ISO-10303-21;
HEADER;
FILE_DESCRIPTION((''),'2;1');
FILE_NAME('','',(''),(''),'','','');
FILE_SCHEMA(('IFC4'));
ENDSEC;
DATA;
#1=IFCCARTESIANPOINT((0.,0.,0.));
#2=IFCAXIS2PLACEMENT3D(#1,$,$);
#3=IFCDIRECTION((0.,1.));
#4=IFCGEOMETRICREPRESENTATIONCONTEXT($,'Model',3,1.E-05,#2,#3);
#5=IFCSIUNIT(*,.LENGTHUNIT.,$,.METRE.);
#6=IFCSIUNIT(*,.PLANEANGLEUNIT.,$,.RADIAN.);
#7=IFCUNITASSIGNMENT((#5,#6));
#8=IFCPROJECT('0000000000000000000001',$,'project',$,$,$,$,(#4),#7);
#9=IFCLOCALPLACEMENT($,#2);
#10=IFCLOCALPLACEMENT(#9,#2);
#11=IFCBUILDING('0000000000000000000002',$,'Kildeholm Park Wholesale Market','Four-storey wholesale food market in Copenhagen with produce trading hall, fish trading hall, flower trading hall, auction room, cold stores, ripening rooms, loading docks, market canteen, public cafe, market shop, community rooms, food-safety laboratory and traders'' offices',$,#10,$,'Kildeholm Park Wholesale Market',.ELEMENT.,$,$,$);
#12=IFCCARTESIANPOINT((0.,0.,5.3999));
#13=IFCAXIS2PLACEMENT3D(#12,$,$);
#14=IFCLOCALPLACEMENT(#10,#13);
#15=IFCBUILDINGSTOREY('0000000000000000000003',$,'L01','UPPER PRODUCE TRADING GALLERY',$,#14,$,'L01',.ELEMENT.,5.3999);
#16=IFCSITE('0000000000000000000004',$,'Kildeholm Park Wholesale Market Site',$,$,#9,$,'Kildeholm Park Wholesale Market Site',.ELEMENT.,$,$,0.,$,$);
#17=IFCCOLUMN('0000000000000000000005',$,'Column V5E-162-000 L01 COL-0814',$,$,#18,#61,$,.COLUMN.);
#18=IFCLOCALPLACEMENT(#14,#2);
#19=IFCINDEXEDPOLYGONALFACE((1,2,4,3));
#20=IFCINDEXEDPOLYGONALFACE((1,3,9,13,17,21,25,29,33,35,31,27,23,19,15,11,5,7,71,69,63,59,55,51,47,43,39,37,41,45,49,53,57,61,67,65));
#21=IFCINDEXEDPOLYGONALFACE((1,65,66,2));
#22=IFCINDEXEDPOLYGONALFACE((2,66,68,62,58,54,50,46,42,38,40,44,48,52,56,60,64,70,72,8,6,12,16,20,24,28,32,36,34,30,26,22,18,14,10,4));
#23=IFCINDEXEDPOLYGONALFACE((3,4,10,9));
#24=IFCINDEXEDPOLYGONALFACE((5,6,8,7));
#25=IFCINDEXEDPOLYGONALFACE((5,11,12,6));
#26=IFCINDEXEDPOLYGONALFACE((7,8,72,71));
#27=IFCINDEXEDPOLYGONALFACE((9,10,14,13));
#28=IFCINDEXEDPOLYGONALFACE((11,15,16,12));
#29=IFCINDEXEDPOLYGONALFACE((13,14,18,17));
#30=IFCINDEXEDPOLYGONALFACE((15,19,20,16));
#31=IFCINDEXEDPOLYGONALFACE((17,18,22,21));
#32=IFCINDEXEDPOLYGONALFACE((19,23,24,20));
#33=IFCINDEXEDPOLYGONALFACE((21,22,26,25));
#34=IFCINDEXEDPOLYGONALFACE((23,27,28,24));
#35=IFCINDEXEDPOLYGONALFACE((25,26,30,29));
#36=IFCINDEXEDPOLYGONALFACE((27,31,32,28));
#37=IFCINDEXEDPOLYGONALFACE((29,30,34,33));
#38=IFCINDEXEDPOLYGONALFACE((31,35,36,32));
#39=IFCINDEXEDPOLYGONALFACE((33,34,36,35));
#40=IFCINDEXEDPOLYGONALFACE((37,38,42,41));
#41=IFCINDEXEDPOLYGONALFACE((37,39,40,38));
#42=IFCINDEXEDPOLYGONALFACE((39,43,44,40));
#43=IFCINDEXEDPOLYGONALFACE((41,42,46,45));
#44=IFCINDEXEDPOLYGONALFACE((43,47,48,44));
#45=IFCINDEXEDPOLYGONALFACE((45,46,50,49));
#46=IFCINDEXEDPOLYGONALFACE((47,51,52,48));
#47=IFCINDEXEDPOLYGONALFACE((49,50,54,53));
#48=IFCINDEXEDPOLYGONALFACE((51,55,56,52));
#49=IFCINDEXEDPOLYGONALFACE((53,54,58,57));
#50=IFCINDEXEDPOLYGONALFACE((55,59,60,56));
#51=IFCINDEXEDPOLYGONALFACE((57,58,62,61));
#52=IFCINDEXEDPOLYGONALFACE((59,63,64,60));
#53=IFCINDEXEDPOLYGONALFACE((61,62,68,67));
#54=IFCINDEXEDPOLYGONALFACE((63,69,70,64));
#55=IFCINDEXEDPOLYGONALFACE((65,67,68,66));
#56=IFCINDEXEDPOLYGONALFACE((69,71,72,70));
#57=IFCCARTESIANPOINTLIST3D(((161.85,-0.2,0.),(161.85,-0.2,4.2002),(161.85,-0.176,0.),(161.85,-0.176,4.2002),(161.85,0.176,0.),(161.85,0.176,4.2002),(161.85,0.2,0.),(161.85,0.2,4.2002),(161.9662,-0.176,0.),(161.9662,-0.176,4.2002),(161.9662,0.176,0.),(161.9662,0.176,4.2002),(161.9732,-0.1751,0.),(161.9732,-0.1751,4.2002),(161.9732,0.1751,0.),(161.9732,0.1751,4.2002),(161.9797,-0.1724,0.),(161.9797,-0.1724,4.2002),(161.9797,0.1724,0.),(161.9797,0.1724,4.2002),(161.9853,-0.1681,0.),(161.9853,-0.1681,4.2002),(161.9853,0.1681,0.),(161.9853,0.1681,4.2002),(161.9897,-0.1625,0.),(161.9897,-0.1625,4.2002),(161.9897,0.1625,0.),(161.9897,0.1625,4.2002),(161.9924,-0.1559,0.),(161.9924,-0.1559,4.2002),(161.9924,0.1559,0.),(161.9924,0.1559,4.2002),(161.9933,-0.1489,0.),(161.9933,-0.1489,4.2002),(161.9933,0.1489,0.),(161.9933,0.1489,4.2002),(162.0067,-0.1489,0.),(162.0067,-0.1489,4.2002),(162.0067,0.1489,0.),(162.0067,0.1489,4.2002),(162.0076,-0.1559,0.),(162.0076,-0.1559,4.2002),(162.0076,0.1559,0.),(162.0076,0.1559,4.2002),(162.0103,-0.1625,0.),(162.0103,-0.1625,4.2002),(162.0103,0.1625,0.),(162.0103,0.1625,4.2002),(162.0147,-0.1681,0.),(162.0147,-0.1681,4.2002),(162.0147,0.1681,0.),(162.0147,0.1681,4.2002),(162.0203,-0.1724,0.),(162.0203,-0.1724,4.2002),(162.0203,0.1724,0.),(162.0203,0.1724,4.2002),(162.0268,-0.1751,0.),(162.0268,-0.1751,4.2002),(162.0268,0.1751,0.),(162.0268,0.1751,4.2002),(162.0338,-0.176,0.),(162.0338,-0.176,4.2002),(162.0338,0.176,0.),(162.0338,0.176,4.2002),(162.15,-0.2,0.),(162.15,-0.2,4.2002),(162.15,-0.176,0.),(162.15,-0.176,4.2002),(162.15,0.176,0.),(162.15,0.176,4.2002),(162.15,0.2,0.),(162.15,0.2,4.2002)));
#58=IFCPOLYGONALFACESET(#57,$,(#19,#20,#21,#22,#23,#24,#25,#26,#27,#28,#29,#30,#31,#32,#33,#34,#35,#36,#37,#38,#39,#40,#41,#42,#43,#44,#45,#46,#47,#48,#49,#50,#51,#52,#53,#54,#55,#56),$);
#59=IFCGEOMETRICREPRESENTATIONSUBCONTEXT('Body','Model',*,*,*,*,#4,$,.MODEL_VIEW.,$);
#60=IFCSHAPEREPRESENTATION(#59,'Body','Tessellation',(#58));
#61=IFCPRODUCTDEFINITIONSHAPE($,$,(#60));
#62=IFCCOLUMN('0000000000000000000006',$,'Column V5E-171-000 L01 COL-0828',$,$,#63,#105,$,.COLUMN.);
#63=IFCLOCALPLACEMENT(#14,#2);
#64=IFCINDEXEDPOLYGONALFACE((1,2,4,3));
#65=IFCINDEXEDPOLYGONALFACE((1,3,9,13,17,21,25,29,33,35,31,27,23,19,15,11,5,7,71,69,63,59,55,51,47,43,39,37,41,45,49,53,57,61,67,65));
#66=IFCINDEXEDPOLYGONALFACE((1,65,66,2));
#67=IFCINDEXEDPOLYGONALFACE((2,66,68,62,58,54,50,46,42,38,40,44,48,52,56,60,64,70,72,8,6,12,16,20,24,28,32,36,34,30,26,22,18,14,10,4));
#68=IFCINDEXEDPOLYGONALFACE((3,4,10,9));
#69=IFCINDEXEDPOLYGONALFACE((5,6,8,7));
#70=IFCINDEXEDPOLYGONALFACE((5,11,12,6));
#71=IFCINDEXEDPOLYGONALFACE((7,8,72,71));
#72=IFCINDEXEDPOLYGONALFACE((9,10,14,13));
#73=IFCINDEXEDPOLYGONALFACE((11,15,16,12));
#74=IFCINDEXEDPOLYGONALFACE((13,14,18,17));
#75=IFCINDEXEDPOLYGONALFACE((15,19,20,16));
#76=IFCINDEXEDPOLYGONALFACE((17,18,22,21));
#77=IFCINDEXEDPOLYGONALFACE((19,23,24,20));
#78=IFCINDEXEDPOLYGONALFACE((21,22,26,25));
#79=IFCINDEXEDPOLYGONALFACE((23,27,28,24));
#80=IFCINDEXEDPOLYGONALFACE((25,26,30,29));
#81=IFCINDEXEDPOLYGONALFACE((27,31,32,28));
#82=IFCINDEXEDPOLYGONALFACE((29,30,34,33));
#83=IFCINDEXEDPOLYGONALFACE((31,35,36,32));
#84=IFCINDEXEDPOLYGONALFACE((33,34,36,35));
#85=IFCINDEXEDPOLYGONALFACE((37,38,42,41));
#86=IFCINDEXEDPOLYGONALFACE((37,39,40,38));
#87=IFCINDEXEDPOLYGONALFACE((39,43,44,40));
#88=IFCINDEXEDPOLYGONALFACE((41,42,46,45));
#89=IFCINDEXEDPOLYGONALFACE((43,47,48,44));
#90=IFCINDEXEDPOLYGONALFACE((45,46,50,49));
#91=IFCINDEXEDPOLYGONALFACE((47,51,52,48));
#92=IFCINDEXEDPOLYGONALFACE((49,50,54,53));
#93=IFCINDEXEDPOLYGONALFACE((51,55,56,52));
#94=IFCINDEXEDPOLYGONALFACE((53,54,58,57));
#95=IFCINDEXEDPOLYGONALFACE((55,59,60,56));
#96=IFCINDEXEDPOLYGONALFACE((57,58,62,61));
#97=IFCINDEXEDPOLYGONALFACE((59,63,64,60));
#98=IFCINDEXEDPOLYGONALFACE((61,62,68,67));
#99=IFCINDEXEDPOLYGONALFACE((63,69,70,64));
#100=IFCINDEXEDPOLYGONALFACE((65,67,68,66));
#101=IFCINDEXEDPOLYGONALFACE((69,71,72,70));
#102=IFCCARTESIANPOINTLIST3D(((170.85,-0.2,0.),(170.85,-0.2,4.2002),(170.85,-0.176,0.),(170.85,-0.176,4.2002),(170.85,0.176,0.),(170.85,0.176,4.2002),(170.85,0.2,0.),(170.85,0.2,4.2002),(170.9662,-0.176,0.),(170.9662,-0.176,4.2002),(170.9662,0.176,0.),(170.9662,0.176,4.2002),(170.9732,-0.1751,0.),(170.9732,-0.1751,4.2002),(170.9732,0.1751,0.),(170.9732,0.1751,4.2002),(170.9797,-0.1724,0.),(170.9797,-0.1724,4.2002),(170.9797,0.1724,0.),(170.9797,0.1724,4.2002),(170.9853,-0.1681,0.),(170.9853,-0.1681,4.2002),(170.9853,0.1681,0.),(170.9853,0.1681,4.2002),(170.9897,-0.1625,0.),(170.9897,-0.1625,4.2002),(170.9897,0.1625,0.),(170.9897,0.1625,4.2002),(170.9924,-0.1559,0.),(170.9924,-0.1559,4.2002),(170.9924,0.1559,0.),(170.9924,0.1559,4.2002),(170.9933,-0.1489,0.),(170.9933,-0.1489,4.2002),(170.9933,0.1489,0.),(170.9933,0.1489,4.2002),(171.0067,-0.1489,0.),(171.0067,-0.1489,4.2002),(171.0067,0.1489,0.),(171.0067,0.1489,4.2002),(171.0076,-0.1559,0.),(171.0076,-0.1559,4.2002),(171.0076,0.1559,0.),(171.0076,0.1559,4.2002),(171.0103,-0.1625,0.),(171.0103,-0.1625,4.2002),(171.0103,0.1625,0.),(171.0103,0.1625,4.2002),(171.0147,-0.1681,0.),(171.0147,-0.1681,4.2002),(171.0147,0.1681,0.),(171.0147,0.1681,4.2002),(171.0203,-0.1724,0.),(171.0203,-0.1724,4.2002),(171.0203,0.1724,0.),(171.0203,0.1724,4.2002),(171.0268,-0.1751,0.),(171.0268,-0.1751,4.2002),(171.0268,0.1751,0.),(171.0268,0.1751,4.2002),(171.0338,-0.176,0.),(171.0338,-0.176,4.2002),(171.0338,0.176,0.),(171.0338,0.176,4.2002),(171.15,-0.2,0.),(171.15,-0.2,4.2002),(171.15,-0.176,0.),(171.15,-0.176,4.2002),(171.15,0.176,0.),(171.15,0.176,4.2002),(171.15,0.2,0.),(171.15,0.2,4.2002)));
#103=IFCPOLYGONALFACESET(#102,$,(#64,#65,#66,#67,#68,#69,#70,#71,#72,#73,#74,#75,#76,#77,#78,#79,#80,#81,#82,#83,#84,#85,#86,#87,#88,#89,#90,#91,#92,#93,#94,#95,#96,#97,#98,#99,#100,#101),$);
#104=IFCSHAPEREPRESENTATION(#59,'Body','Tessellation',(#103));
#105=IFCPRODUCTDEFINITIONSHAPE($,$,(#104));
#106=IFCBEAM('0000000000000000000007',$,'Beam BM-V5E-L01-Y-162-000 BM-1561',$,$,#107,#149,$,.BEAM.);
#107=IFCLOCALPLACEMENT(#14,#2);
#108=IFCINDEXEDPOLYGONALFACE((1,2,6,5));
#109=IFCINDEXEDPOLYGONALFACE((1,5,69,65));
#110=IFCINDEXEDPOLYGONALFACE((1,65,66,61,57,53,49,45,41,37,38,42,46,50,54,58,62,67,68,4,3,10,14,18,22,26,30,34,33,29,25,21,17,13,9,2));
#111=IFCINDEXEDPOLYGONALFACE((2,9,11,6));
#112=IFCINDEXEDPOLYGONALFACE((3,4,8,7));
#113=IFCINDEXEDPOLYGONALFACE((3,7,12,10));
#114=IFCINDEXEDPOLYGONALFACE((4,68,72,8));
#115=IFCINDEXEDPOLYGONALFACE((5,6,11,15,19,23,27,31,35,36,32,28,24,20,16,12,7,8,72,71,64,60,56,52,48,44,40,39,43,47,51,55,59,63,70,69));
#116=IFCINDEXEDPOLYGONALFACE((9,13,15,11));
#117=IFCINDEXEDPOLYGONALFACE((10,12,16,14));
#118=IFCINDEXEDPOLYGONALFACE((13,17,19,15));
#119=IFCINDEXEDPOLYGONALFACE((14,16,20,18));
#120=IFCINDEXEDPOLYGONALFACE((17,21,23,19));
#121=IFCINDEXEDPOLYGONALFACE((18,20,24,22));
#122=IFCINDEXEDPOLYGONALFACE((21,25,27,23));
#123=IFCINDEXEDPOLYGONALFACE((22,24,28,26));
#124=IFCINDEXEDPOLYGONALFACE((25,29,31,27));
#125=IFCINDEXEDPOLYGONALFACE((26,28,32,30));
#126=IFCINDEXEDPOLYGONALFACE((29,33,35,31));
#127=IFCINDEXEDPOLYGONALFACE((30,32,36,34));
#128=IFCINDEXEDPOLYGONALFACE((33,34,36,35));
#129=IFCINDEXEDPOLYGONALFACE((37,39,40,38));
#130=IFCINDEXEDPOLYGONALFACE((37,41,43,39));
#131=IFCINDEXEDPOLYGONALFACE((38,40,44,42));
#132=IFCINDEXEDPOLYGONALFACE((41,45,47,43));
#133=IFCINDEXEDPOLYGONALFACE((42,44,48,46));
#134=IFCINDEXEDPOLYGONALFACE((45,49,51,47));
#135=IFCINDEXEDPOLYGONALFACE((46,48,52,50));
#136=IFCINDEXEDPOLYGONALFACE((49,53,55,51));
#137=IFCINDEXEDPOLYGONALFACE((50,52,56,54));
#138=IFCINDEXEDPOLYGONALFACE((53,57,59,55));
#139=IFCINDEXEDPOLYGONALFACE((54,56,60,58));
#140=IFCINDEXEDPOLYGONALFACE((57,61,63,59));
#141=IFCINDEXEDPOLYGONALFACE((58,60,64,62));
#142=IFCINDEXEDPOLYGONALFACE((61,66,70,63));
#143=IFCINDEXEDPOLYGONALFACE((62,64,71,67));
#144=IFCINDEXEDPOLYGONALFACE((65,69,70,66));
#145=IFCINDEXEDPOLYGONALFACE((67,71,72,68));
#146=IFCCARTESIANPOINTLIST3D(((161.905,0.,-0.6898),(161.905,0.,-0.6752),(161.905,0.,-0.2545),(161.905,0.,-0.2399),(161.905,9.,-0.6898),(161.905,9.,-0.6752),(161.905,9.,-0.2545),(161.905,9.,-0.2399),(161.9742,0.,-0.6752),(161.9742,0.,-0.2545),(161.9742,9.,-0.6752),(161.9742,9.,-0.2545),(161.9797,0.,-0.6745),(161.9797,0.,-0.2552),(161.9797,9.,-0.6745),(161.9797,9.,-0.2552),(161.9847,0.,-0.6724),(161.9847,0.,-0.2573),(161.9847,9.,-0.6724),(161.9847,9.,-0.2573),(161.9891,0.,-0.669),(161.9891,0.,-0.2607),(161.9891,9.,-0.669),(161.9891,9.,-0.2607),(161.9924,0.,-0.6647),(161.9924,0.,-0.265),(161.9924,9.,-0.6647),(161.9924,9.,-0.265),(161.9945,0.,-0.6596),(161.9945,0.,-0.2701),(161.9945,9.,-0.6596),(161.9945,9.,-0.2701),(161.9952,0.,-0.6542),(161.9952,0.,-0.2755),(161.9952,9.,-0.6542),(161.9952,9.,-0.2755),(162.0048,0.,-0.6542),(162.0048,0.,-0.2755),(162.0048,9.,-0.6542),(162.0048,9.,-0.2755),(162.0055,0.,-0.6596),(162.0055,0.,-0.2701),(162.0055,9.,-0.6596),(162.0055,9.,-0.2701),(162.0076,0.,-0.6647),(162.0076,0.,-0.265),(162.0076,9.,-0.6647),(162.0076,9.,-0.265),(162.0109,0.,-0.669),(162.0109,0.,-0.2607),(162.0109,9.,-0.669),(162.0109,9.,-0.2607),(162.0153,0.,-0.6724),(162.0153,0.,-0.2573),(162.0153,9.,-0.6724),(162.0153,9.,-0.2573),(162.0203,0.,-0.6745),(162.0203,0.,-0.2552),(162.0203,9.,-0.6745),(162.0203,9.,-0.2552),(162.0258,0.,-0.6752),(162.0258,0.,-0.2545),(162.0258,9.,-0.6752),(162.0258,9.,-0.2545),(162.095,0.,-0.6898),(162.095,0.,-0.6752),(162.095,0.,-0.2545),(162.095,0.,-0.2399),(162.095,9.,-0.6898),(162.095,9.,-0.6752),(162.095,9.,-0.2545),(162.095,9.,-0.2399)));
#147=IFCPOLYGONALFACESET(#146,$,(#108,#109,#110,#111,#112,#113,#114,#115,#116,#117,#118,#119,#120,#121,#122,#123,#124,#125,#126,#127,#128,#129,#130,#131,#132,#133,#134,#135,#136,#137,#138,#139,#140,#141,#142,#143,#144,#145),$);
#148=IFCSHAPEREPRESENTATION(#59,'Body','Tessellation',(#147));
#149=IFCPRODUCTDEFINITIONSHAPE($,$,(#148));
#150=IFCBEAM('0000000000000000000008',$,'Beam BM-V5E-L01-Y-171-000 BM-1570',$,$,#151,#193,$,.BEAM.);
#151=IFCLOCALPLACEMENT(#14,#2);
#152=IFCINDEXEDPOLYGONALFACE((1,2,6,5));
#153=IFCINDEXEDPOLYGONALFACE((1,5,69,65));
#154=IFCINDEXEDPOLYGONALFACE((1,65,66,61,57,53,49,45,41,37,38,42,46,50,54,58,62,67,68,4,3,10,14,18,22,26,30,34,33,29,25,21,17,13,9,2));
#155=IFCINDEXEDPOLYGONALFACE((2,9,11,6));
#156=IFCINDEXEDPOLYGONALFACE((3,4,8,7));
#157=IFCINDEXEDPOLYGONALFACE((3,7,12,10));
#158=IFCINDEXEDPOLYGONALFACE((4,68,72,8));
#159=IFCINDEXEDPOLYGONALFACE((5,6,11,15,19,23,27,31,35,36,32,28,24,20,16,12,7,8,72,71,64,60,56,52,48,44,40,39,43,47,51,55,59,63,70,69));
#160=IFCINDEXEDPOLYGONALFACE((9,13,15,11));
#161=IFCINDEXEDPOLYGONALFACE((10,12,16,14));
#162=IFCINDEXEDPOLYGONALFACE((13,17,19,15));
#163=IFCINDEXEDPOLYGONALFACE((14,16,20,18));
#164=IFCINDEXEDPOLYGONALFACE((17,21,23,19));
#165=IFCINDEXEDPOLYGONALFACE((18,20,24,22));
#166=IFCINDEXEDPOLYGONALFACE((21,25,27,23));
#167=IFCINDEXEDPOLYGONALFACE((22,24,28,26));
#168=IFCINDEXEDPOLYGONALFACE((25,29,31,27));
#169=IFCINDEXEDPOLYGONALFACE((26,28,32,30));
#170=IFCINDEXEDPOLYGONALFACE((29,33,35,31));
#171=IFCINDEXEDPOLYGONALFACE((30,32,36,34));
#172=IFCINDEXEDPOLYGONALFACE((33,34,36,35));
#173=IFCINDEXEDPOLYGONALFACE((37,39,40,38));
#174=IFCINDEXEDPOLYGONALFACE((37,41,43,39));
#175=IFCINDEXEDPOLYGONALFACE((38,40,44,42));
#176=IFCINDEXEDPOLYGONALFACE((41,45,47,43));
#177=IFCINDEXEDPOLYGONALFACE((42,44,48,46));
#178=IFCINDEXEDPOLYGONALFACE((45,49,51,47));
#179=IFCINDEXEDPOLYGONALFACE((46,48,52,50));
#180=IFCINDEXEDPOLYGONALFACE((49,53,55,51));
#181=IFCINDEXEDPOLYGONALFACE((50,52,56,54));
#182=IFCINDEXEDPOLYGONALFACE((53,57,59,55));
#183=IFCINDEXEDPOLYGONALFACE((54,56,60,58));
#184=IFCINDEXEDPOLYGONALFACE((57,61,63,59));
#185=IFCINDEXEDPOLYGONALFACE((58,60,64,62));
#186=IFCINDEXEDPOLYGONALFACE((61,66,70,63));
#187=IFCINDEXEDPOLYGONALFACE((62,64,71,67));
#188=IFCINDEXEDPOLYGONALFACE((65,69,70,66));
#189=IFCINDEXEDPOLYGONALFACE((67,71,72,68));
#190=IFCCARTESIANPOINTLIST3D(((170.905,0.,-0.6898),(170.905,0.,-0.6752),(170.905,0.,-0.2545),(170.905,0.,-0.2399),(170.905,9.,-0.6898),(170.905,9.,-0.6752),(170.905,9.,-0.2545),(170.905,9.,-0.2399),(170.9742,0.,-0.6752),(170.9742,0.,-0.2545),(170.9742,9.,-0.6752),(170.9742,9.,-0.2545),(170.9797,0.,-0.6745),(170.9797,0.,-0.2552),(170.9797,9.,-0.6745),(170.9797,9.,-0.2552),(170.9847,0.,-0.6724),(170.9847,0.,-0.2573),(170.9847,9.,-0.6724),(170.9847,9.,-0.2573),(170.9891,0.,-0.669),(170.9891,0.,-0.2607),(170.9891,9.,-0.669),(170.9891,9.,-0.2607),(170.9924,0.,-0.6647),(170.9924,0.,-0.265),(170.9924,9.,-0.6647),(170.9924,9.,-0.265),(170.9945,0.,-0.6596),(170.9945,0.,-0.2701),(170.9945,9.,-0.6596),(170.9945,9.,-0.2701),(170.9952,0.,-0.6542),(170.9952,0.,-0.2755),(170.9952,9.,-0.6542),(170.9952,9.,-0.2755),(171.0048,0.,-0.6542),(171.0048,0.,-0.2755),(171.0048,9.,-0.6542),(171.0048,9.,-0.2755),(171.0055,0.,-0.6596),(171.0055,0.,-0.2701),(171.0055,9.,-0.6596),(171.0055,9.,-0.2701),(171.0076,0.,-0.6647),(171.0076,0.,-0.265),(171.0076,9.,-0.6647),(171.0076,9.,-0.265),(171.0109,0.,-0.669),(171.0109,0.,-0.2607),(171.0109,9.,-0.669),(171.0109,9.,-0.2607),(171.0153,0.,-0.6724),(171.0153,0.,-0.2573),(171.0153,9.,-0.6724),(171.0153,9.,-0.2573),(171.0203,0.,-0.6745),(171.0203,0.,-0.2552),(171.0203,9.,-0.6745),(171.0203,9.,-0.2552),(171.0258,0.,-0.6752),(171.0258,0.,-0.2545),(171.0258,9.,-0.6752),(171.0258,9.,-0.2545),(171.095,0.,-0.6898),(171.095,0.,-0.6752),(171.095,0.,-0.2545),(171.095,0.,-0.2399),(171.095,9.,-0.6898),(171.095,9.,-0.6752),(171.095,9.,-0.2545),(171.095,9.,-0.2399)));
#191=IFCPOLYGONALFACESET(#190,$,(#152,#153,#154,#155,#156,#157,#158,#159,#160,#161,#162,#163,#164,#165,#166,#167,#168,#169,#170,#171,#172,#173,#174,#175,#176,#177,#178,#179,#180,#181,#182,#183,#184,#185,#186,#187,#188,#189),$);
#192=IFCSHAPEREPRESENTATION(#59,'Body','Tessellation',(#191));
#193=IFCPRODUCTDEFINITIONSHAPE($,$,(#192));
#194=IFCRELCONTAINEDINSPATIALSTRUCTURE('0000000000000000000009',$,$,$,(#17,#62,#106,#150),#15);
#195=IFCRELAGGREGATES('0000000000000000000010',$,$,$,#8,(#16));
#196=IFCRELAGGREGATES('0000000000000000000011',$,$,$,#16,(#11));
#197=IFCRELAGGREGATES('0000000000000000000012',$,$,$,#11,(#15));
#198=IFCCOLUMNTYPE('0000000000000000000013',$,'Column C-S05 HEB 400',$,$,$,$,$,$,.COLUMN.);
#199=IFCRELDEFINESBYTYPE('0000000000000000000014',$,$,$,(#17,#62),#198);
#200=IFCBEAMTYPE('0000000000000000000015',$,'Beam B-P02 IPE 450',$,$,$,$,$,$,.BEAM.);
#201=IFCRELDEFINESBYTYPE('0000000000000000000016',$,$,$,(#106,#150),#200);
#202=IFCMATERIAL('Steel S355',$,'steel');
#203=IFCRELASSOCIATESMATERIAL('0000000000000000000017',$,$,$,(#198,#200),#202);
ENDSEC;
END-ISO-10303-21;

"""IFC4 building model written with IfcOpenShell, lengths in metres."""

from ifc_helpers import new_model, si_unit, direction, frame, origin, origin_2d, place, context, subcontext, project, spatial, i_section, extrude, material, material_profile, profile_set, type_object, element, save


model = new_model("IFC4")

# Units and contexts
model_context = context("Model", 3, precision=1e-05, world=origin(), true_north=direction((0.0, 1.0)))
body_context = subcontext(model_context, "Body", "Model", "MODEL_VIEW")
ifc_project = project(units=[si_unit("LENGTHUNIT", "METRE"), si_unit("PLANEANGLEUNIT", "RADIAN")], contexts=[model_context])

# Site, building, storey
site_placement = place(None, origin())
site = spatial("IfcSite", under=ifc_project, at=site_placement, Name="Kildeholm Park Wholesale Market Site", LongName="Kildeholm Park Wholesale Market Site", CompositionType="ELEMENT", RefElevation=0.0)
building_placement = place(site_placement, origin())
building = spatial("IfcBuilding", under=site, at=building_placement, Name="Kildeholm Park Wholesale Market", Description="Four-storey wholesale food market in Copenhagen with produce trading hall, fish trading hall, flower trading hall, auction room, cold stores, ripening rooms, loading docks, market canteen, public cafe, market shop, community rooms, food-safety laboratory and traders' offices", LongName="Kildeholm Park Wholesale Market", CompositionType="ELEMENT")
storey_placement = place(building_placement, frame((0.0, 0.0, 5.3999)))
storey = spatial("IfcBuildingStorey", under=building, at=storey_placement, Name="L01", Description="UPPER PRODUCE TRADING GALLERY", LongName="L01", CompositionType="ELEMENT", Elevation=5.3999)

# Columns
ifc_material_1 = material(Name="Steel S355", Category="steel")
ifc_material_profile_1 = material_profile(ifc_material_1, i_section(OverallWidth=0.3, OverallDepth=0.3999, WebThickness=0.0134, FlangeThickness=0.0239, FilletRadius=0.0271, at=origin_2d()), Name="HEB 400")
ifc_profile_set_1 = profile_set([ifc_material_profile_1], Name="Steel S355")
column_type = type_object("IfcColumnType", Name="Column C-S05 HEB 400", PredefinedType="COLUMN", material=ifc_profile_set_1)
for number, where, z_axis, x_axis, name in (
    (1, (162.0, 0.0, 0.0), (0.0, 0.0, 1.0), (1.0, 0.0, 0.0), "Column V5E-162-000 L01 COL-0814"),
    (2, (171.0, 0.0, 0.0), (0.0, 0.0, 1.0), (1.0, 0.0, 0.0), "Column V5E-171-000 L01 COL-0828"),
):
    element("IfcColumn", number, at=place(storey_placement, frame(where, z_axis=z_axis, x_axis=x_axis)), inside=storey, type_object=column_type, Name=name, PredefinedType="COLUMN", context=body_context, shape_type="SweptSolid", body=[
        extrude(i_section(OverallWidth=0.3, OverallDepth=0.3999, WebThickness=0.0134, FlangeThickness=0.0239, FilletRadius=0.0271, at=origin_2d()), origin(), (0.0, 0.0, 1.0), 4.2002),
    ])

# Beams
ifc_material_profile_2 = material_profile(ifc_material_1, i_section(OverallWidth=0.1899, OverallDepth=0.45, WebThickness=0.0095, FlangeThickness=0.0146, FilletRadius=0.021, at=origin_2d()), Name="IPE 450")
ifc_profile_set_2 = profile_set([ifc_material_profile_2], Name="Steel S355")
beam_type_1 = type_object("IfcBeamType", Name="Beam B-P02 IPE 450", PredefinedType="BEAM", material=ifc_profile_set_2)
for number, where, z_axis, x_axis, name in (
    (3, (162.0, 0.0, -0.4648), (0.0, 1.0, 0.0), (-1.0, 0.0, 0.0), "Beam BM-V5E-L01-Y-162-000 BM-1561"),
    (4, (171.0, 0.0, -0.4648), (0.0, 1.0, 0.0), (-1.0, 0.0, 0.0), "Beam BM-V5E-L01-Y-171-000 BM-1570"),
):
    element("IfcBeam", number, at=place(storey_placement, frame(where, z_axis=z_axis, x_axis=x_axis)), inside=storey, type_object=beam_type_1, Name=name, PredefinedType="BEAM", context=body_context, shape_type="SweptSolid", body=[
        extrude(i_section(OverallWidth=0.1899, OverallDepth=0.45, WebThickness=0.0095, FlangeThickness=0.0146, FilletRadius=0.021, at=origin_2d()), origin(), (0.0, 0.0, 1.0), 9.0),
    ])

save(model, "model.ifc")
